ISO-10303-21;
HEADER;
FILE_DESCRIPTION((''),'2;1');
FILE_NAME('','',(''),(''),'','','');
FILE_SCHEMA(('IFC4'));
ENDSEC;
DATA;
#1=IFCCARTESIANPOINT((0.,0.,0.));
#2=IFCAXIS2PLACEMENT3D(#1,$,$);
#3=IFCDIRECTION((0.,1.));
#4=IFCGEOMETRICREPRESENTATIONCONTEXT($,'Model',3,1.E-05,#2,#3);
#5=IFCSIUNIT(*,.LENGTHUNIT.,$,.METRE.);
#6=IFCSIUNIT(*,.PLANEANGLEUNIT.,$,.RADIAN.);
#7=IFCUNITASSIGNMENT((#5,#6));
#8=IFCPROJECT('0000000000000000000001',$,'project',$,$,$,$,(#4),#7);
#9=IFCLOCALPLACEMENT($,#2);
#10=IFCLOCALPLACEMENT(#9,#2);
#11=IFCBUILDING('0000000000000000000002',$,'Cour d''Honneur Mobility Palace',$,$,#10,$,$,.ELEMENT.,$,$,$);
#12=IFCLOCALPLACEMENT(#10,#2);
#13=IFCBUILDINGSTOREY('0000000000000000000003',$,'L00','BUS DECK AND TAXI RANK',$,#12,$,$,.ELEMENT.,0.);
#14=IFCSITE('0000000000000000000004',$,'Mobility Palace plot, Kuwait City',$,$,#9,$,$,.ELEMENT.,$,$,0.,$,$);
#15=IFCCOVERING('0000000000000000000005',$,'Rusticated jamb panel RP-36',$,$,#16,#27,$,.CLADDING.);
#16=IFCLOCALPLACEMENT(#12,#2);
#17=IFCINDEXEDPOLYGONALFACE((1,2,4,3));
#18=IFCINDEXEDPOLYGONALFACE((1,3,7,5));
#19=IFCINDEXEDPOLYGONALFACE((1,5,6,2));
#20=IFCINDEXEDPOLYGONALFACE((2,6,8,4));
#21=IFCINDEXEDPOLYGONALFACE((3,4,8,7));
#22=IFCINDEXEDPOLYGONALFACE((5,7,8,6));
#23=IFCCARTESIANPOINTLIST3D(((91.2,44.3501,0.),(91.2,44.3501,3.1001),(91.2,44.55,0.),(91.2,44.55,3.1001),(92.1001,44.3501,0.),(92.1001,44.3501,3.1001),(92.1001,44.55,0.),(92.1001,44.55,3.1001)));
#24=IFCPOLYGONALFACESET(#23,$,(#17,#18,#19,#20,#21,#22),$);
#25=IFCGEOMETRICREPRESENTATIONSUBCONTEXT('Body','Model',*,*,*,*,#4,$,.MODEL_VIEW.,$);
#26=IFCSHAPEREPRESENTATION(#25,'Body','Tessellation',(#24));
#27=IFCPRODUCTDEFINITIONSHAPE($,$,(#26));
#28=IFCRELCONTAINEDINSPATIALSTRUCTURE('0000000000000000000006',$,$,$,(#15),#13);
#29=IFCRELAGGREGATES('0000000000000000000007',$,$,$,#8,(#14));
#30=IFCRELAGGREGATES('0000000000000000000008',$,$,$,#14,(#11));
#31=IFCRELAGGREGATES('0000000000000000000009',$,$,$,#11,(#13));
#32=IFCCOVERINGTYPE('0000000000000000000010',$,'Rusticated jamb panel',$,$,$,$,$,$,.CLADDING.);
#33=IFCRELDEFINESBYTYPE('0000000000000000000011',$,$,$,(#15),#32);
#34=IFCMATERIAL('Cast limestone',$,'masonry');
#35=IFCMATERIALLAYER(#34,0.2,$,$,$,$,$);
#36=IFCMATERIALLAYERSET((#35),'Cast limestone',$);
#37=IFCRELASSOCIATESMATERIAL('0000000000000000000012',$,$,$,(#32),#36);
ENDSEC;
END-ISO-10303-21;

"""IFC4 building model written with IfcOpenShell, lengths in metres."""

from ifc_helpers import new_model, si_unit, direction, frame, origin, place, context, subcontext, project, spatial, polyline, outline, extrude, material, layer, layer_set, type_object, element, save


model = new_model("IFC4")

# Units and contexts
model_context = context("Model", 3, precision=1e-05, world=origin(), true_north=direction((0.0, 1.0)))
body_context = subcontext(model_context, "Body", "Model", "MODEL_VIEW")
ifc_project = project(units=[si_unit("LENGTHUNIT", "METRE"), si_unit("PLANEANGLEUNIT", "RADIAN")], contexts=[model_context])

# Site, building, storey
site_placement = place(None, origin())
site = spatial("IfcSite", under=ifc_project, at=site_placement, Name="Mobility Palace plot, Kuwait City", CompositionType="ELEMENT", RefElevation=0.0)
building_placement = place(site_placement, origin())
building = spatial("IfcBuilding", under=site, at=building_placement, Name="Cour d'Honneur Mobility Palace", CompositionType="ELEMENT")
storey_placement = place(building_placement, origin())
storey = spatial("IfcBuildingStorey", under=building, at=storey_placement, Name="L00", Description="BUS DECK AND TAXI RANK", CompositionType="ELEMENT", Elevation=0.0)

# Covering
ifc_material_1 = material(Name="Cast limestone", Category="masonry")
ifc_layer_1 = layer(ifc_material_1, 0.2)
ifc_layer_set_1 = layer_set([ifc_layer_1], Name="Cast limestone")
covering_type_1 = type_object("IfcCoveringType", Name="Rusticated jamb panel", PredefinedType="CLADDING", material=ifc_layer_set_1)
for number, where, z_axis, x_axis, name in (
    (1, (91.2, 44.3501, 0.0), (0.0, -1.0, 0.0), (1.0, 0.0, 0.0), "Rusticated jamb panel RP-36"),
):
    element("IfcCovering", number, at=place(storey_placement, frame(where, z_axis=z_axis, x_axis=x_axis)), inside=storey, type_object=covering_type_1, Name=name, PredefinedType="CLADDING", context=body_context, shape_type="SweptSolid", body=[
        extrude(outline(polyline([(0.0, 0.0), (0.9001, 0.0), (0.9001, 3.1001), (0.0, 3.1001), (0.0, 0.0)])), origin(), (0.0, 0.0, -1.0), 0.2),
    ])

save(model, "model.ifc")
